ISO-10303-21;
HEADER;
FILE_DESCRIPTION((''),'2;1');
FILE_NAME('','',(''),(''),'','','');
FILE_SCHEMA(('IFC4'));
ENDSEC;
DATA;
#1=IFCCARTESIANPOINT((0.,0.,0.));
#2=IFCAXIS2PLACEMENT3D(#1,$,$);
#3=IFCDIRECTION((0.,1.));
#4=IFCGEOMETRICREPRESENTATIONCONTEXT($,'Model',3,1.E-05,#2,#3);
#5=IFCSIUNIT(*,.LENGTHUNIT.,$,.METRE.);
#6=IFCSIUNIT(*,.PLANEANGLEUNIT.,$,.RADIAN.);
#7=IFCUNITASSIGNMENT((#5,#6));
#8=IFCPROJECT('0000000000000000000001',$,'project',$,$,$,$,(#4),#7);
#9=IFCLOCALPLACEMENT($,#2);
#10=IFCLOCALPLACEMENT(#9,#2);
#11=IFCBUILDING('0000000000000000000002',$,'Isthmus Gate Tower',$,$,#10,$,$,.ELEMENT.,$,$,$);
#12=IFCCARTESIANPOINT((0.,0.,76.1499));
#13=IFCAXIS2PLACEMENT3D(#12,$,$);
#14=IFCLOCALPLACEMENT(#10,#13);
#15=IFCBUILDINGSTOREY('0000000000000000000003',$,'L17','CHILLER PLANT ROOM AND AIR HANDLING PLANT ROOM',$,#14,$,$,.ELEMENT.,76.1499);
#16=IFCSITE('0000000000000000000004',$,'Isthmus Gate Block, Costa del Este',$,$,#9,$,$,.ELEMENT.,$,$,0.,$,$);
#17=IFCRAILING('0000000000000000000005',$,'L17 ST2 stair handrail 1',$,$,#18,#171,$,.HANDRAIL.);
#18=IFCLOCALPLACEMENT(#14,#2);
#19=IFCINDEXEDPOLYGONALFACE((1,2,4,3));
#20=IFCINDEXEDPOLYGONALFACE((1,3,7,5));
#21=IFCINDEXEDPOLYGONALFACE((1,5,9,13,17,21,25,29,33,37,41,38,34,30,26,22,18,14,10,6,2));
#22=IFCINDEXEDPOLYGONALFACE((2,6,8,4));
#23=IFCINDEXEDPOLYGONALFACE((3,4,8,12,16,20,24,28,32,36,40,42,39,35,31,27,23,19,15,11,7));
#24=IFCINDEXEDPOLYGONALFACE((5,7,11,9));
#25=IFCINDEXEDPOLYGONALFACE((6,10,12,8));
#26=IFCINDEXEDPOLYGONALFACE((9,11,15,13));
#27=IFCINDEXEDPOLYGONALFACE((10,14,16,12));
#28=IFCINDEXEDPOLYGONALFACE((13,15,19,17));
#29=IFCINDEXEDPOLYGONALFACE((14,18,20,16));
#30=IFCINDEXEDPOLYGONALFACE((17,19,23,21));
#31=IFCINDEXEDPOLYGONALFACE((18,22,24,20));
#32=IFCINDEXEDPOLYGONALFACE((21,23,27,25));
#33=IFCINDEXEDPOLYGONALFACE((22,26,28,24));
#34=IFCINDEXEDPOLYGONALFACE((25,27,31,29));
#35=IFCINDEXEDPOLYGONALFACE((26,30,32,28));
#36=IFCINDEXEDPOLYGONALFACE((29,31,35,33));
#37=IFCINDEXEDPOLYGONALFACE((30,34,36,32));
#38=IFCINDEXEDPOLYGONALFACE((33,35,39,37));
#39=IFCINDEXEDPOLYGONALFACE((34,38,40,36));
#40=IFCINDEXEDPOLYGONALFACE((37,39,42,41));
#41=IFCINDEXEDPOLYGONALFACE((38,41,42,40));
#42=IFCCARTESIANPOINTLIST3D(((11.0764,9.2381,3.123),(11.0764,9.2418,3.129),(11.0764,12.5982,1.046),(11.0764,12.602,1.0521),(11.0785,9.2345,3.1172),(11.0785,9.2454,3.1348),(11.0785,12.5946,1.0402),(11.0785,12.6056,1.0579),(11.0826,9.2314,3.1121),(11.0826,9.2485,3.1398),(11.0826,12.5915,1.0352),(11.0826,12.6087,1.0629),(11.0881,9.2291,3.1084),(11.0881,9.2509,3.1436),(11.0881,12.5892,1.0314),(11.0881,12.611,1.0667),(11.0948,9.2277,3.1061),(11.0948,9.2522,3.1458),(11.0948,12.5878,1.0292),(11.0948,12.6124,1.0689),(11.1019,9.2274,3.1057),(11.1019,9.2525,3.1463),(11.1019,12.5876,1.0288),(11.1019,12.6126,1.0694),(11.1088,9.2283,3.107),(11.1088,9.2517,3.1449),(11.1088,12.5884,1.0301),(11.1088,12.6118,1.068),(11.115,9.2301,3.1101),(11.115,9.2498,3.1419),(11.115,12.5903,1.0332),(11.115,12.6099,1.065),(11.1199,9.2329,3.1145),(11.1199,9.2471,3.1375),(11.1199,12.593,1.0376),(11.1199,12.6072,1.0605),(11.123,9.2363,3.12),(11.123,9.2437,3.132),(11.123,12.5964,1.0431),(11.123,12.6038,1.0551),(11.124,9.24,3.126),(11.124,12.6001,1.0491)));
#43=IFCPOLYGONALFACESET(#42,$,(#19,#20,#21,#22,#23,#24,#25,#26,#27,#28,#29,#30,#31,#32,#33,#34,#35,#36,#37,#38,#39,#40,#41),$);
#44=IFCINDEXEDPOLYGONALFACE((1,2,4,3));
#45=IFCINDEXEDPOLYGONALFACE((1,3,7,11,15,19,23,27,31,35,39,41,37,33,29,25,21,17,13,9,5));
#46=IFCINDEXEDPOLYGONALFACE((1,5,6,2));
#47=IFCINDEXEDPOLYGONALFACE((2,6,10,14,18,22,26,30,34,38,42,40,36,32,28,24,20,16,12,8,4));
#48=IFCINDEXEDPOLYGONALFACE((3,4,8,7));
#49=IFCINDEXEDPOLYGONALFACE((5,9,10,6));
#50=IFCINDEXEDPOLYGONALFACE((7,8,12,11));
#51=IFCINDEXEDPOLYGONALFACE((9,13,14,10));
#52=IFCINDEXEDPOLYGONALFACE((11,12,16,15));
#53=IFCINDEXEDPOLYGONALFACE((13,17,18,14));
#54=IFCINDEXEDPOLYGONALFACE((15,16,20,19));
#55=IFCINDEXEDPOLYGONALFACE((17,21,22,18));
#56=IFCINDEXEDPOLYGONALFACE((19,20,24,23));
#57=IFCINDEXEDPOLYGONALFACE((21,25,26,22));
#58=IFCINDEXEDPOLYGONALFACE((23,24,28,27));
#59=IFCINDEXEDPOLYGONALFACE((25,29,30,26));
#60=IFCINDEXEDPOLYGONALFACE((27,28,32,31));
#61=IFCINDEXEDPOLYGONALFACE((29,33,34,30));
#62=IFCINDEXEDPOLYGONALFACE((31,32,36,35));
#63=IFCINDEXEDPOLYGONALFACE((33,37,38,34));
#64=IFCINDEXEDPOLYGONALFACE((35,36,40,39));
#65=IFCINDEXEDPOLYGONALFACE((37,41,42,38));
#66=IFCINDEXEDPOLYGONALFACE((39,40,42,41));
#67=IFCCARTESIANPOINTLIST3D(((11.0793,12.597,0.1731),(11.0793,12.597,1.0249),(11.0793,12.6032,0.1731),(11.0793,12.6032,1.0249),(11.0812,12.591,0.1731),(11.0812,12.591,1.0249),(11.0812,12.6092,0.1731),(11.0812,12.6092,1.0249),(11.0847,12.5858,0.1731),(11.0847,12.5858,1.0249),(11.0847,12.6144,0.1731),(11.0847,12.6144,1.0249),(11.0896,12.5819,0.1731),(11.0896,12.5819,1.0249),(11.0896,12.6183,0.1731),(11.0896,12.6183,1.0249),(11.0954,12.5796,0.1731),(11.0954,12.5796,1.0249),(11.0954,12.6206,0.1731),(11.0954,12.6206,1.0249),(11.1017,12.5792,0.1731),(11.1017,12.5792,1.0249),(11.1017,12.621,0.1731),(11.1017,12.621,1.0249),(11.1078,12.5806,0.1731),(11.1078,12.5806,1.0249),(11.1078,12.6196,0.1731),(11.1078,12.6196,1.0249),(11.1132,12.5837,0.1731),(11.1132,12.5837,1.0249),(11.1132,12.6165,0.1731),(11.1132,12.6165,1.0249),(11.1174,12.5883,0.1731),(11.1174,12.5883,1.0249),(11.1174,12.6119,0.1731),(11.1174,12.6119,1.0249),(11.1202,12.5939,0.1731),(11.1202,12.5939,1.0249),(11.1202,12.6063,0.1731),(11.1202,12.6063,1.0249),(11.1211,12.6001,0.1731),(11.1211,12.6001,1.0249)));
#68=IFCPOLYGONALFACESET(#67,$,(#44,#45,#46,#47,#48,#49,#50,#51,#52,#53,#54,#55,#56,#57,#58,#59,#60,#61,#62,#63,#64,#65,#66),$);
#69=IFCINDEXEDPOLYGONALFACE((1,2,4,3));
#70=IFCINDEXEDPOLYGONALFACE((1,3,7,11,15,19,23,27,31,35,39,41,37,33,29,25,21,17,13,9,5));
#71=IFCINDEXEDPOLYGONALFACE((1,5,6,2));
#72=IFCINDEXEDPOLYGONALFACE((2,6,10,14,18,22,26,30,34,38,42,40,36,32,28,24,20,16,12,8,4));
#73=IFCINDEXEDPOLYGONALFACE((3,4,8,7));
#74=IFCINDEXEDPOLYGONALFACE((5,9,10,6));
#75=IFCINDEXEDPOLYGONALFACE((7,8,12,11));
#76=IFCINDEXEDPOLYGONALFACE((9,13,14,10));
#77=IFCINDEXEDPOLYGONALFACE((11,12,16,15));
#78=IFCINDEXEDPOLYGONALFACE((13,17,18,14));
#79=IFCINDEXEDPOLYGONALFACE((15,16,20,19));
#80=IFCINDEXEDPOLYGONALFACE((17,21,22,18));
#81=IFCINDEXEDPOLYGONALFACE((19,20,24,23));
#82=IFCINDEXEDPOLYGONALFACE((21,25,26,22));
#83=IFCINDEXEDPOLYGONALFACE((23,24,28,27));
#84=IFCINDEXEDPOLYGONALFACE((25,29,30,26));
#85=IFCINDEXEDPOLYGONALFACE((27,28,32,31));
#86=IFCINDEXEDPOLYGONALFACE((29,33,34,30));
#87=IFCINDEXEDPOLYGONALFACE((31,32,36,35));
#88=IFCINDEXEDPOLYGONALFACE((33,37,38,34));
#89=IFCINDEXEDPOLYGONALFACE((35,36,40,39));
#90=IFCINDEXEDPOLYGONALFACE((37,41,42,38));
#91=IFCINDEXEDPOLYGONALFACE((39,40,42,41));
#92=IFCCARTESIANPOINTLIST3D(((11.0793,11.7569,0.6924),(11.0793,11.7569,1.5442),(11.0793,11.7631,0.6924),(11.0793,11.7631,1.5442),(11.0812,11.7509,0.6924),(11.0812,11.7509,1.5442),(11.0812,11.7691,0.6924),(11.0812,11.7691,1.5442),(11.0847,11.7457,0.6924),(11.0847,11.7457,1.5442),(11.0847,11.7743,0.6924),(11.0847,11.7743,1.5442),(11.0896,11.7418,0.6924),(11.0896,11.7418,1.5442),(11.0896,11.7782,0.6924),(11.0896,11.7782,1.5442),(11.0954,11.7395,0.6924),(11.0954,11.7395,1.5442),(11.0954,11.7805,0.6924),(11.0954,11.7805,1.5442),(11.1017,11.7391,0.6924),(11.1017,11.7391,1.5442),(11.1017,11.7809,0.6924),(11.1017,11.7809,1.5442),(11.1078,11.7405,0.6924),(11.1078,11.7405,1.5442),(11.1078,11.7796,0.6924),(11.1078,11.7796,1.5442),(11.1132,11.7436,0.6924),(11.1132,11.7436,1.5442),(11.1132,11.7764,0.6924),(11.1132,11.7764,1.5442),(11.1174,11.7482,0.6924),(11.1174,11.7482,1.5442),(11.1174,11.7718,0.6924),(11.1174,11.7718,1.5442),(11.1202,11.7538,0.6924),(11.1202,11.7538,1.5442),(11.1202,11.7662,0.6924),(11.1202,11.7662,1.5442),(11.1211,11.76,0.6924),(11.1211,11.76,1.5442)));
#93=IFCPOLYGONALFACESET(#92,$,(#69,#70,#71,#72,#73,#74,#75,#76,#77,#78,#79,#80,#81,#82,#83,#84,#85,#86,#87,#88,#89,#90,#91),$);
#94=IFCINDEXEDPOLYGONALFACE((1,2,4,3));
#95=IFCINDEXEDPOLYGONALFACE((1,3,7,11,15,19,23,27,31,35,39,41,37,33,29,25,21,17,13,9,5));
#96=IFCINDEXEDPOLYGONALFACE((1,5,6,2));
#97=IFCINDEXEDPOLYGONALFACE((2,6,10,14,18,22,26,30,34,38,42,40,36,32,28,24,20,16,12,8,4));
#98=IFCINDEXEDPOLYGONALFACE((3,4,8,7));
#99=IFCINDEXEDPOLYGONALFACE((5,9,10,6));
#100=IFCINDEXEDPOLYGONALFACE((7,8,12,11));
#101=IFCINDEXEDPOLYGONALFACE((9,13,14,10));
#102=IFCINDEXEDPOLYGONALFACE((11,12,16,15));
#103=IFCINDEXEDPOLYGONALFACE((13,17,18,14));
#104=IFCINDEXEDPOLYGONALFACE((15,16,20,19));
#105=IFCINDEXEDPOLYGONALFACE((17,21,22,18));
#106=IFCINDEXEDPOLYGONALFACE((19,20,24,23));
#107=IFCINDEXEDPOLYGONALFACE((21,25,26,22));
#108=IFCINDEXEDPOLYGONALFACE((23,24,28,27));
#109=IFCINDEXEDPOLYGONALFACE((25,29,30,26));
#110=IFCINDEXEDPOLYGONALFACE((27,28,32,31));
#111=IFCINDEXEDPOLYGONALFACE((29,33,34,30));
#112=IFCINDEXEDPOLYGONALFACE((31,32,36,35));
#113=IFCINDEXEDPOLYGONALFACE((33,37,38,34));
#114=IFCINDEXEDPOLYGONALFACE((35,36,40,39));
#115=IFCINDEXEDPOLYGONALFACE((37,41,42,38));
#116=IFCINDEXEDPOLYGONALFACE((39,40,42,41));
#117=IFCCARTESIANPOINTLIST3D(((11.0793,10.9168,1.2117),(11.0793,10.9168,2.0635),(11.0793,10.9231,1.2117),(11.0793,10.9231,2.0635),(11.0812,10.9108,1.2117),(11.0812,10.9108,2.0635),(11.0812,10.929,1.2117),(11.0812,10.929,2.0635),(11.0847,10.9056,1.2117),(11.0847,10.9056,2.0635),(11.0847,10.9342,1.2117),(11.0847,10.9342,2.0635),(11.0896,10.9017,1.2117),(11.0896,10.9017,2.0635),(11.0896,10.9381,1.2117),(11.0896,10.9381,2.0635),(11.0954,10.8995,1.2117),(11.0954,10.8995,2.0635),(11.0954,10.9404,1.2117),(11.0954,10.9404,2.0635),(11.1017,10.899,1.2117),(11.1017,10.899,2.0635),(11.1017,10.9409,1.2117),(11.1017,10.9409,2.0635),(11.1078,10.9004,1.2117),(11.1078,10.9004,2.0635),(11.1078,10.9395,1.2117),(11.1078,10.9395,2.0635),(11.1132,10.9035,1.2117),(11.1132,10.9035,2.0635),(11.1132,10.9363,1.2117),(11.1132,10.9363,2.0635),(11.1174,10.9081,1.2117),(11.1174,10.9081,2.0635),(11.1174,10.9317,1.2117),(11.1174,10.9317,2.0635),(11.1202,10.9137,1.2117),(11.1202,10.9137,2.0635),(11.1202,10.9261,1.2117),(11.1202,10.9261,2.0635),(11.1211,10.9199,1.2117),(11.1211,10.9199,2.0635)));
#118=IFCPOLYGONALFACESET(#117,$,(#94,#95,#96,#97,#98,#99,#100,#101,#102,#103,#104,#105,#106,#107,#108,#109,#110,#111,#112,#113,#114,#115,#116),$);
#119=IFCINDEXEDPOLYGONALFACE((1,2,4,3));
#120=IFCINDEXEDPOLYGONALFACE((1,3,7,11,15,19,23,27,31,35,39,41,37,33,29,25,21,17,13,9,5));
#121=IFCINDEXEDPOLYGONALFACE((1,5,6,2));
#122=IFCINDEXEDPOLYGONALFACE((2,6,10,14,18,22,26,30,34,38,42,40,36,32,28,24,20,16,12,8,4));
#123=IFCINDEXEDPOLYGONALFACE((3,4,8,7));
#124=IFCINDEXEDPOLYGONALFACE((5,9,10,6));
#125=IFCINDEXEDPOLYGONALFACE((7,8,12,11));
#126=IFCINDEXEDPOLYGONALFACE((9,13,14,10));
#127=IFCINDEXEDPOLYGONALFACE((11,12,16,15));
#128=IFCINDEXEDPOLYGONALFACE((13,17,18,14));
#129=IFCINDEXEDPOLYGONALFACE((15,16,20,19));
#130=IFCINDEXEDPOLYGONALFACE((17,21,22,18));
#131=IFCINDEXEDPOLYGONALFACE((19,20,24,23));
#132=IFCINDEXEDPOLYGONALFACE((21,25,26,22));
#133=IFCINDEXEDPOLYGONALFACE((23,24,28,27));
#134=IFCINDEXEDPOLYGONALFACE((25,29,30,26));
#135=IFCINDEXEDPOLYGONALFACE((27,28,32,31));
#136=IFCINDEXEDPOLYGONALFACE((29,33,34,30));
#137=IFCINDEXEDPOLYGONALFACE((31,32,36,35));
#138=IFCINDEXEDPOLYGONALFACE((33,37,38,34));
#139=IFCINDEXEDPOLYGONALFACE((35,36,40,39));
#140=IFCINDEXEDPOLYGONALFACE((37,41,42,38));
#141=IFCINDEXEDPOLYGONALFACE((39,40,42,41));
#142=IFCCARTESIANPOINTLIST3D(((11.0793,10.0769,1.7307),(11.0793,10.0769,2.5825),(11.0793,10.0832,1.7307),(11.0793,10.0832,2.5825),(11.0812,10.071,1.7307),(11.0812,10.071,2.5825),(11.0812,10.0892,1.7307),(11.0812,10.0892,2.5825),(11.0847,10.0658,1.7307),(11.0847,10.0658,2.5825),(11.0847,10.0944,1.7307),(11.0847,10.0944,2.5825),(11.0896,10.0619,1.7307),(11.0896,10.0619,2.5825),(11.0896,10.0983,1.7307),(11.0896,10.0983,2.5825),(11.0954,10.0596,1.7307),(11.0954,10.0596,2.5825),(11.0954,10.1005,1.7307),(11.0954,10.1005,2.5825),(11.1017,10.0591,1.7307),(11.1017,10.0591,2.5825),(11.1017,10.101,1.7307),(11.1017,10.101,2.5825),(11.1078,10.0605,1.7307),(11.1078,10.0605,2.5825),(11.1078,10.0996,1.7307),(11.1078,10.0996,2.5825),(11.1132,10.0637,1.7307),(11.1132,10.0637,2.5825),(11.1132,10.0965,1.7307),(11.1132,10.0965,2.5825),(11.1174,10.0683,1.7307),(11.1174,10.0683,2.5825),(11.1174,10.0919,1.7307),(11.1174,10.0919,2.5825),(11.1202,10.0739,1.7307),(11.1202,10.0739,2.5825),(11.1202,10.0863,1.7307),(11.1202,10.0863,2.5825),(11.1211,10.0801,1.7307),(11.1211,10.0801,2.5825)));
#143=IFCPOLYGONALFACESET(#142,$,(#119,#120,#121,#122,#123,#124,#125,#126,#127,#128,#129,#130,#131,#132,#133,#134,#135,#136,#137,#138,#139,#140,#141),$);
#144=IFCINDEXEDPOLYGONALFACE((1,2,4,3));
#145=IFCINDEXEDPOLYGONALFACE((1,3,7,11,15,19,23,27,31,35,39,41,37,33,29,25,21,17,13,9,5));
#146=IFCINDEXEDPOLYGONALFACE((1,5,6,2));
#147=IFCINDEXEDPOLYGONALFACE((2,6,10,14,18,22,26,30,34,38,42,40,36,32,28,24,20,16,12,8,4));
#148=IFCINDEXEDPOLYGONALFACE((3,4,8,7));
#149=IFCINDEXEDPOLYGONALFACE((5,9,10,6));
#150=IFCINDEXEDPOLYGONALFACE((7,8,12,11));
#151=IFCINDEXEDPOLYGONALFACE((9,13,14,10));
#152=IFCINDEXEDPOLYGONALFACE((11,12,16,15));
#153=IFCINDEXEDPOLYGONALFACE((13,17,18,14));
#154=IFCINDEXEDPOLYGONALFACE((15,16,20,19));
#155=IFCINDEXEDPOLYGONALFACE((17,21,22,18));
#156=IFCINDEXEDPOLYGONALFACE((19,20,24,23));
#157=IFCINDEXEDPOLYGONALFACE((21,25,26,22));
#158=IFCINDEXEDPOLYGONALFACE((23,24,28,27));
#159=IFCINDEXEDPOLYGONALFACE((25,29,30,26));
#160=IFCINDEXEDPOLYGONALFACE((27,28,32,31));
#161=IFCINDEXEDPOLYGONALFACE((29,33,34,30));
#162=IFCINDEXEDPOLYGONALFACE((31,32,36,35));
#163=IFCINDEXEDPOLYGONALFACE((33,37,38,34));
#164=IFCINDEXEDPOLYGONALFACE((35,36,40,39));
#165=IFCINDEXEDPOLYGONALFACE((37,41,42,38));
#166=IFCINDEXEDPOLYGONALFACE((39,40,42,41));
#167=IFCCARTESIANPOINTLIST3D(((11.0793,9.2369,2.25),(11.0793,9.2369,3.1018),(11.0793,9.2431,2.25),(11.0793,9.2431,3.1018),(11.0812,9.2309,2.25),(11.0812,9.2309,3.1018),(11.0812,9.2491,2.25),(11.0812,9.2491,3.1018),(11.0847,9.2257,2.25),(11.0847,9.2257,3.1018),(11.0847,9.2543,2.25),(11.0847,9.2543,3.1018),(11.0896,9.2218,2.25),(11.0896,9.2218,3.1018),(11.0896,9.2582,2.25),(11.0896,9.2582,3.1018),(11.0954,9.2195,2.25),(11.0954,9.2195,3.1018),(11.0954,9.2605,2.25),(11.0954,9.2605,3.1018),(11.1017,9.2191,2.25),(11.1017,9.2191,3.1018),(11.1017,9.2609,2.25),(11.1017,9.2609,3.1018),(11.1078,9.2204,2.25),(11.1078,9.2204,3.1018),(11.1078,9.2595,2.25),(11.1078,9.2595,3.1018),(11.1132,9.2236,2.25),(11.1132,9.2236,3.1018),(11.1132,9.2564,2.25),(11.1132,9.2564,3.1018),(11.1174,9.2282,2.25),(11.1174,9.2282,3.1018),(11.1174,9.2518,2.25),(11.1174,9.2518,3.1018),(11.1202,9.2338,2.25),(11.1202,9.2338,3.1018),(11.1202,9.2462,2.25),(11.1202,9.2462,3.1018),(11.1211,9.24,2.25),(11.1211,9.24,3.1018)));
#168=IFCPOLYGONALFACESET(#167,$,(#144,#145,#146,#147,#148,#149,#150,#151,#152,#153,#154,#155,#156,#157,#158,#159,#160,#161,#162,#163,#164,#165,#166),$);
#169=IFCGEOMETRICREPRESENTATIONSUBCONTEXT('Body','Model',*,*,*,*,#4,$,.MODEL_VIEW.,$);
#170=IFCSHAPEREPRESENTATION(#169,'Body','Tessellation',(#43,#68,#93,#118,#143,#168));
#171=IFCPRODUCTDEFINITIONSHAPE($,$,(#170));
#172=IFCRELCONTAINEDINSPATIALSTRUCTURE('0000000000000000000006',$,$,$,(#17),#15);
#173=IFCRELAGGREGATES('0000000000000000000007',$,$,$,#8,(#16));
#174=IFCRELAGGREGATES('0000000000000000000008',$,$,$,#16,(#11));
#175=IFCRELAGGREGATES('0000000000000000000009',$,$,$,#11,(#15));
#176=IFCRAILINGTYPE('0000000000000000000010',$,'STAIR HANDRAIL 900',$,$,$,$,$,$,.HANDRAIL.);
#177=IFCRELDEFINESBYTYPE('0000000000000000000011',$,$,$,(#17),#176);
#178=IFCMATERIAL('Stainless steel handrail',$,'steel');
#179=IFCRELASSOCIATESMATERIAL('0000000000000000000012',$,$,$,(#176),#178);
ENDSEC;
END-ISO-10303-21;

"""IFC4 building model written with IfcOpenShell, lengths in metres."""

from ifc_helpers import new_model, si_unit, direction, frame, origin, origin_2d, place, context, subcontext, project, spatial, circle, extrude, material, type_object, element, save


model = new_model("IFC4")

# Units and contexts
model_context = context("Model", 3, precision=1e-05, world=origin(), true_north=direction((0.0, 1.0)))
body_context = subcontext(model_context, "Body", "Model", "MODEL_VIEW")
ifc_project = project(units=[si_unit("LENGTHUNIT", "METRE"), si_unit("PLANEANGLEUNIT", "RADIAN")], contexts=[model_context])

# Site, building, storey
site_placement = place(None, origin())
site = spatial("IfcSite", under=ifc_project, at=site_placement, Name="Isthmus Gate Block, Costa del Este", CompositionType="ELEMENT", RefElevation=0.0)
building_placement = place(site_placement, origin())
building = spatial("IfcBuilding", under=site, at=building_placement, Name="Isthmus Gate Tower", CompositionType="ELEMENT")
storey_placement = place(building_placement, frame((0.0, 0.0, 76.1499)))
storey = spatial("IfcBuildingStorey", under=building, at=storey_placement, Name="L17", Description="CHILLER PLANT ROOM AND AIR HANDLING PLANT ROOM", CompositionType="ELEMENT", Elevation=76.1499)

# Railing
ifc_material_1 = material(Name="Stainless steel handrail", Category="steel")
railing_type_1 = type_object("IfcRailingType", Name="STAIR HANDRAIL 900", PredefinedType="HANDRAIL", material=ifc_material_1)
railing_1_placement = place(storey_placement, frame((11.1001, 12.6001, 0.1731)))
element("IfcRailing", 1, at=railing_1_placement, inside=storey, type_object=railing_type_1, Name="L17 ST2 stair handrail 1", PredefinedType="HANDRAIL", context=body_context, shape_type="SweptSolid", body=[
    extrude(circle(Radius=0.0239, at=origin_2d()), frame((0.0, 0.0, 0.876), z_axis=(0.0, -0.850623, 0.525776), x_axis=(1.0, 0.0, 0.0)), (0.0, 0.0, 1.0), 3.9502),
    extrude(circle(Radius=0.021, at=origin_2d()), origin(), (0.0, 0.0, 1.0), 0.8518),
    extrude(circle(Radius=0.021, at=origin_2d()), frame((0.0, -0.8401, 0.5193)), (0.0, 0.0, 1.0), 0.8518),
    extrude(circle(Radius=0.021, at=origin_2d()), frame((0.0, -1.6802, 1.0386)), (0.0, 0.0, 1.0), 0.8518),
    extrude(circle(Radius=0.021, at=origin_2d()), frame((0.0, -2.52, 1.5576)), (0.0, 0.0, 1.0), 0.8518),
    extrude(circle(Radius=0.021, at=origin_2d()), frame((0.0, -3.3601, 2.0769)), (0.0, 0.0, 1.0), 0.8518),
])

save(model, "model.ifc")
